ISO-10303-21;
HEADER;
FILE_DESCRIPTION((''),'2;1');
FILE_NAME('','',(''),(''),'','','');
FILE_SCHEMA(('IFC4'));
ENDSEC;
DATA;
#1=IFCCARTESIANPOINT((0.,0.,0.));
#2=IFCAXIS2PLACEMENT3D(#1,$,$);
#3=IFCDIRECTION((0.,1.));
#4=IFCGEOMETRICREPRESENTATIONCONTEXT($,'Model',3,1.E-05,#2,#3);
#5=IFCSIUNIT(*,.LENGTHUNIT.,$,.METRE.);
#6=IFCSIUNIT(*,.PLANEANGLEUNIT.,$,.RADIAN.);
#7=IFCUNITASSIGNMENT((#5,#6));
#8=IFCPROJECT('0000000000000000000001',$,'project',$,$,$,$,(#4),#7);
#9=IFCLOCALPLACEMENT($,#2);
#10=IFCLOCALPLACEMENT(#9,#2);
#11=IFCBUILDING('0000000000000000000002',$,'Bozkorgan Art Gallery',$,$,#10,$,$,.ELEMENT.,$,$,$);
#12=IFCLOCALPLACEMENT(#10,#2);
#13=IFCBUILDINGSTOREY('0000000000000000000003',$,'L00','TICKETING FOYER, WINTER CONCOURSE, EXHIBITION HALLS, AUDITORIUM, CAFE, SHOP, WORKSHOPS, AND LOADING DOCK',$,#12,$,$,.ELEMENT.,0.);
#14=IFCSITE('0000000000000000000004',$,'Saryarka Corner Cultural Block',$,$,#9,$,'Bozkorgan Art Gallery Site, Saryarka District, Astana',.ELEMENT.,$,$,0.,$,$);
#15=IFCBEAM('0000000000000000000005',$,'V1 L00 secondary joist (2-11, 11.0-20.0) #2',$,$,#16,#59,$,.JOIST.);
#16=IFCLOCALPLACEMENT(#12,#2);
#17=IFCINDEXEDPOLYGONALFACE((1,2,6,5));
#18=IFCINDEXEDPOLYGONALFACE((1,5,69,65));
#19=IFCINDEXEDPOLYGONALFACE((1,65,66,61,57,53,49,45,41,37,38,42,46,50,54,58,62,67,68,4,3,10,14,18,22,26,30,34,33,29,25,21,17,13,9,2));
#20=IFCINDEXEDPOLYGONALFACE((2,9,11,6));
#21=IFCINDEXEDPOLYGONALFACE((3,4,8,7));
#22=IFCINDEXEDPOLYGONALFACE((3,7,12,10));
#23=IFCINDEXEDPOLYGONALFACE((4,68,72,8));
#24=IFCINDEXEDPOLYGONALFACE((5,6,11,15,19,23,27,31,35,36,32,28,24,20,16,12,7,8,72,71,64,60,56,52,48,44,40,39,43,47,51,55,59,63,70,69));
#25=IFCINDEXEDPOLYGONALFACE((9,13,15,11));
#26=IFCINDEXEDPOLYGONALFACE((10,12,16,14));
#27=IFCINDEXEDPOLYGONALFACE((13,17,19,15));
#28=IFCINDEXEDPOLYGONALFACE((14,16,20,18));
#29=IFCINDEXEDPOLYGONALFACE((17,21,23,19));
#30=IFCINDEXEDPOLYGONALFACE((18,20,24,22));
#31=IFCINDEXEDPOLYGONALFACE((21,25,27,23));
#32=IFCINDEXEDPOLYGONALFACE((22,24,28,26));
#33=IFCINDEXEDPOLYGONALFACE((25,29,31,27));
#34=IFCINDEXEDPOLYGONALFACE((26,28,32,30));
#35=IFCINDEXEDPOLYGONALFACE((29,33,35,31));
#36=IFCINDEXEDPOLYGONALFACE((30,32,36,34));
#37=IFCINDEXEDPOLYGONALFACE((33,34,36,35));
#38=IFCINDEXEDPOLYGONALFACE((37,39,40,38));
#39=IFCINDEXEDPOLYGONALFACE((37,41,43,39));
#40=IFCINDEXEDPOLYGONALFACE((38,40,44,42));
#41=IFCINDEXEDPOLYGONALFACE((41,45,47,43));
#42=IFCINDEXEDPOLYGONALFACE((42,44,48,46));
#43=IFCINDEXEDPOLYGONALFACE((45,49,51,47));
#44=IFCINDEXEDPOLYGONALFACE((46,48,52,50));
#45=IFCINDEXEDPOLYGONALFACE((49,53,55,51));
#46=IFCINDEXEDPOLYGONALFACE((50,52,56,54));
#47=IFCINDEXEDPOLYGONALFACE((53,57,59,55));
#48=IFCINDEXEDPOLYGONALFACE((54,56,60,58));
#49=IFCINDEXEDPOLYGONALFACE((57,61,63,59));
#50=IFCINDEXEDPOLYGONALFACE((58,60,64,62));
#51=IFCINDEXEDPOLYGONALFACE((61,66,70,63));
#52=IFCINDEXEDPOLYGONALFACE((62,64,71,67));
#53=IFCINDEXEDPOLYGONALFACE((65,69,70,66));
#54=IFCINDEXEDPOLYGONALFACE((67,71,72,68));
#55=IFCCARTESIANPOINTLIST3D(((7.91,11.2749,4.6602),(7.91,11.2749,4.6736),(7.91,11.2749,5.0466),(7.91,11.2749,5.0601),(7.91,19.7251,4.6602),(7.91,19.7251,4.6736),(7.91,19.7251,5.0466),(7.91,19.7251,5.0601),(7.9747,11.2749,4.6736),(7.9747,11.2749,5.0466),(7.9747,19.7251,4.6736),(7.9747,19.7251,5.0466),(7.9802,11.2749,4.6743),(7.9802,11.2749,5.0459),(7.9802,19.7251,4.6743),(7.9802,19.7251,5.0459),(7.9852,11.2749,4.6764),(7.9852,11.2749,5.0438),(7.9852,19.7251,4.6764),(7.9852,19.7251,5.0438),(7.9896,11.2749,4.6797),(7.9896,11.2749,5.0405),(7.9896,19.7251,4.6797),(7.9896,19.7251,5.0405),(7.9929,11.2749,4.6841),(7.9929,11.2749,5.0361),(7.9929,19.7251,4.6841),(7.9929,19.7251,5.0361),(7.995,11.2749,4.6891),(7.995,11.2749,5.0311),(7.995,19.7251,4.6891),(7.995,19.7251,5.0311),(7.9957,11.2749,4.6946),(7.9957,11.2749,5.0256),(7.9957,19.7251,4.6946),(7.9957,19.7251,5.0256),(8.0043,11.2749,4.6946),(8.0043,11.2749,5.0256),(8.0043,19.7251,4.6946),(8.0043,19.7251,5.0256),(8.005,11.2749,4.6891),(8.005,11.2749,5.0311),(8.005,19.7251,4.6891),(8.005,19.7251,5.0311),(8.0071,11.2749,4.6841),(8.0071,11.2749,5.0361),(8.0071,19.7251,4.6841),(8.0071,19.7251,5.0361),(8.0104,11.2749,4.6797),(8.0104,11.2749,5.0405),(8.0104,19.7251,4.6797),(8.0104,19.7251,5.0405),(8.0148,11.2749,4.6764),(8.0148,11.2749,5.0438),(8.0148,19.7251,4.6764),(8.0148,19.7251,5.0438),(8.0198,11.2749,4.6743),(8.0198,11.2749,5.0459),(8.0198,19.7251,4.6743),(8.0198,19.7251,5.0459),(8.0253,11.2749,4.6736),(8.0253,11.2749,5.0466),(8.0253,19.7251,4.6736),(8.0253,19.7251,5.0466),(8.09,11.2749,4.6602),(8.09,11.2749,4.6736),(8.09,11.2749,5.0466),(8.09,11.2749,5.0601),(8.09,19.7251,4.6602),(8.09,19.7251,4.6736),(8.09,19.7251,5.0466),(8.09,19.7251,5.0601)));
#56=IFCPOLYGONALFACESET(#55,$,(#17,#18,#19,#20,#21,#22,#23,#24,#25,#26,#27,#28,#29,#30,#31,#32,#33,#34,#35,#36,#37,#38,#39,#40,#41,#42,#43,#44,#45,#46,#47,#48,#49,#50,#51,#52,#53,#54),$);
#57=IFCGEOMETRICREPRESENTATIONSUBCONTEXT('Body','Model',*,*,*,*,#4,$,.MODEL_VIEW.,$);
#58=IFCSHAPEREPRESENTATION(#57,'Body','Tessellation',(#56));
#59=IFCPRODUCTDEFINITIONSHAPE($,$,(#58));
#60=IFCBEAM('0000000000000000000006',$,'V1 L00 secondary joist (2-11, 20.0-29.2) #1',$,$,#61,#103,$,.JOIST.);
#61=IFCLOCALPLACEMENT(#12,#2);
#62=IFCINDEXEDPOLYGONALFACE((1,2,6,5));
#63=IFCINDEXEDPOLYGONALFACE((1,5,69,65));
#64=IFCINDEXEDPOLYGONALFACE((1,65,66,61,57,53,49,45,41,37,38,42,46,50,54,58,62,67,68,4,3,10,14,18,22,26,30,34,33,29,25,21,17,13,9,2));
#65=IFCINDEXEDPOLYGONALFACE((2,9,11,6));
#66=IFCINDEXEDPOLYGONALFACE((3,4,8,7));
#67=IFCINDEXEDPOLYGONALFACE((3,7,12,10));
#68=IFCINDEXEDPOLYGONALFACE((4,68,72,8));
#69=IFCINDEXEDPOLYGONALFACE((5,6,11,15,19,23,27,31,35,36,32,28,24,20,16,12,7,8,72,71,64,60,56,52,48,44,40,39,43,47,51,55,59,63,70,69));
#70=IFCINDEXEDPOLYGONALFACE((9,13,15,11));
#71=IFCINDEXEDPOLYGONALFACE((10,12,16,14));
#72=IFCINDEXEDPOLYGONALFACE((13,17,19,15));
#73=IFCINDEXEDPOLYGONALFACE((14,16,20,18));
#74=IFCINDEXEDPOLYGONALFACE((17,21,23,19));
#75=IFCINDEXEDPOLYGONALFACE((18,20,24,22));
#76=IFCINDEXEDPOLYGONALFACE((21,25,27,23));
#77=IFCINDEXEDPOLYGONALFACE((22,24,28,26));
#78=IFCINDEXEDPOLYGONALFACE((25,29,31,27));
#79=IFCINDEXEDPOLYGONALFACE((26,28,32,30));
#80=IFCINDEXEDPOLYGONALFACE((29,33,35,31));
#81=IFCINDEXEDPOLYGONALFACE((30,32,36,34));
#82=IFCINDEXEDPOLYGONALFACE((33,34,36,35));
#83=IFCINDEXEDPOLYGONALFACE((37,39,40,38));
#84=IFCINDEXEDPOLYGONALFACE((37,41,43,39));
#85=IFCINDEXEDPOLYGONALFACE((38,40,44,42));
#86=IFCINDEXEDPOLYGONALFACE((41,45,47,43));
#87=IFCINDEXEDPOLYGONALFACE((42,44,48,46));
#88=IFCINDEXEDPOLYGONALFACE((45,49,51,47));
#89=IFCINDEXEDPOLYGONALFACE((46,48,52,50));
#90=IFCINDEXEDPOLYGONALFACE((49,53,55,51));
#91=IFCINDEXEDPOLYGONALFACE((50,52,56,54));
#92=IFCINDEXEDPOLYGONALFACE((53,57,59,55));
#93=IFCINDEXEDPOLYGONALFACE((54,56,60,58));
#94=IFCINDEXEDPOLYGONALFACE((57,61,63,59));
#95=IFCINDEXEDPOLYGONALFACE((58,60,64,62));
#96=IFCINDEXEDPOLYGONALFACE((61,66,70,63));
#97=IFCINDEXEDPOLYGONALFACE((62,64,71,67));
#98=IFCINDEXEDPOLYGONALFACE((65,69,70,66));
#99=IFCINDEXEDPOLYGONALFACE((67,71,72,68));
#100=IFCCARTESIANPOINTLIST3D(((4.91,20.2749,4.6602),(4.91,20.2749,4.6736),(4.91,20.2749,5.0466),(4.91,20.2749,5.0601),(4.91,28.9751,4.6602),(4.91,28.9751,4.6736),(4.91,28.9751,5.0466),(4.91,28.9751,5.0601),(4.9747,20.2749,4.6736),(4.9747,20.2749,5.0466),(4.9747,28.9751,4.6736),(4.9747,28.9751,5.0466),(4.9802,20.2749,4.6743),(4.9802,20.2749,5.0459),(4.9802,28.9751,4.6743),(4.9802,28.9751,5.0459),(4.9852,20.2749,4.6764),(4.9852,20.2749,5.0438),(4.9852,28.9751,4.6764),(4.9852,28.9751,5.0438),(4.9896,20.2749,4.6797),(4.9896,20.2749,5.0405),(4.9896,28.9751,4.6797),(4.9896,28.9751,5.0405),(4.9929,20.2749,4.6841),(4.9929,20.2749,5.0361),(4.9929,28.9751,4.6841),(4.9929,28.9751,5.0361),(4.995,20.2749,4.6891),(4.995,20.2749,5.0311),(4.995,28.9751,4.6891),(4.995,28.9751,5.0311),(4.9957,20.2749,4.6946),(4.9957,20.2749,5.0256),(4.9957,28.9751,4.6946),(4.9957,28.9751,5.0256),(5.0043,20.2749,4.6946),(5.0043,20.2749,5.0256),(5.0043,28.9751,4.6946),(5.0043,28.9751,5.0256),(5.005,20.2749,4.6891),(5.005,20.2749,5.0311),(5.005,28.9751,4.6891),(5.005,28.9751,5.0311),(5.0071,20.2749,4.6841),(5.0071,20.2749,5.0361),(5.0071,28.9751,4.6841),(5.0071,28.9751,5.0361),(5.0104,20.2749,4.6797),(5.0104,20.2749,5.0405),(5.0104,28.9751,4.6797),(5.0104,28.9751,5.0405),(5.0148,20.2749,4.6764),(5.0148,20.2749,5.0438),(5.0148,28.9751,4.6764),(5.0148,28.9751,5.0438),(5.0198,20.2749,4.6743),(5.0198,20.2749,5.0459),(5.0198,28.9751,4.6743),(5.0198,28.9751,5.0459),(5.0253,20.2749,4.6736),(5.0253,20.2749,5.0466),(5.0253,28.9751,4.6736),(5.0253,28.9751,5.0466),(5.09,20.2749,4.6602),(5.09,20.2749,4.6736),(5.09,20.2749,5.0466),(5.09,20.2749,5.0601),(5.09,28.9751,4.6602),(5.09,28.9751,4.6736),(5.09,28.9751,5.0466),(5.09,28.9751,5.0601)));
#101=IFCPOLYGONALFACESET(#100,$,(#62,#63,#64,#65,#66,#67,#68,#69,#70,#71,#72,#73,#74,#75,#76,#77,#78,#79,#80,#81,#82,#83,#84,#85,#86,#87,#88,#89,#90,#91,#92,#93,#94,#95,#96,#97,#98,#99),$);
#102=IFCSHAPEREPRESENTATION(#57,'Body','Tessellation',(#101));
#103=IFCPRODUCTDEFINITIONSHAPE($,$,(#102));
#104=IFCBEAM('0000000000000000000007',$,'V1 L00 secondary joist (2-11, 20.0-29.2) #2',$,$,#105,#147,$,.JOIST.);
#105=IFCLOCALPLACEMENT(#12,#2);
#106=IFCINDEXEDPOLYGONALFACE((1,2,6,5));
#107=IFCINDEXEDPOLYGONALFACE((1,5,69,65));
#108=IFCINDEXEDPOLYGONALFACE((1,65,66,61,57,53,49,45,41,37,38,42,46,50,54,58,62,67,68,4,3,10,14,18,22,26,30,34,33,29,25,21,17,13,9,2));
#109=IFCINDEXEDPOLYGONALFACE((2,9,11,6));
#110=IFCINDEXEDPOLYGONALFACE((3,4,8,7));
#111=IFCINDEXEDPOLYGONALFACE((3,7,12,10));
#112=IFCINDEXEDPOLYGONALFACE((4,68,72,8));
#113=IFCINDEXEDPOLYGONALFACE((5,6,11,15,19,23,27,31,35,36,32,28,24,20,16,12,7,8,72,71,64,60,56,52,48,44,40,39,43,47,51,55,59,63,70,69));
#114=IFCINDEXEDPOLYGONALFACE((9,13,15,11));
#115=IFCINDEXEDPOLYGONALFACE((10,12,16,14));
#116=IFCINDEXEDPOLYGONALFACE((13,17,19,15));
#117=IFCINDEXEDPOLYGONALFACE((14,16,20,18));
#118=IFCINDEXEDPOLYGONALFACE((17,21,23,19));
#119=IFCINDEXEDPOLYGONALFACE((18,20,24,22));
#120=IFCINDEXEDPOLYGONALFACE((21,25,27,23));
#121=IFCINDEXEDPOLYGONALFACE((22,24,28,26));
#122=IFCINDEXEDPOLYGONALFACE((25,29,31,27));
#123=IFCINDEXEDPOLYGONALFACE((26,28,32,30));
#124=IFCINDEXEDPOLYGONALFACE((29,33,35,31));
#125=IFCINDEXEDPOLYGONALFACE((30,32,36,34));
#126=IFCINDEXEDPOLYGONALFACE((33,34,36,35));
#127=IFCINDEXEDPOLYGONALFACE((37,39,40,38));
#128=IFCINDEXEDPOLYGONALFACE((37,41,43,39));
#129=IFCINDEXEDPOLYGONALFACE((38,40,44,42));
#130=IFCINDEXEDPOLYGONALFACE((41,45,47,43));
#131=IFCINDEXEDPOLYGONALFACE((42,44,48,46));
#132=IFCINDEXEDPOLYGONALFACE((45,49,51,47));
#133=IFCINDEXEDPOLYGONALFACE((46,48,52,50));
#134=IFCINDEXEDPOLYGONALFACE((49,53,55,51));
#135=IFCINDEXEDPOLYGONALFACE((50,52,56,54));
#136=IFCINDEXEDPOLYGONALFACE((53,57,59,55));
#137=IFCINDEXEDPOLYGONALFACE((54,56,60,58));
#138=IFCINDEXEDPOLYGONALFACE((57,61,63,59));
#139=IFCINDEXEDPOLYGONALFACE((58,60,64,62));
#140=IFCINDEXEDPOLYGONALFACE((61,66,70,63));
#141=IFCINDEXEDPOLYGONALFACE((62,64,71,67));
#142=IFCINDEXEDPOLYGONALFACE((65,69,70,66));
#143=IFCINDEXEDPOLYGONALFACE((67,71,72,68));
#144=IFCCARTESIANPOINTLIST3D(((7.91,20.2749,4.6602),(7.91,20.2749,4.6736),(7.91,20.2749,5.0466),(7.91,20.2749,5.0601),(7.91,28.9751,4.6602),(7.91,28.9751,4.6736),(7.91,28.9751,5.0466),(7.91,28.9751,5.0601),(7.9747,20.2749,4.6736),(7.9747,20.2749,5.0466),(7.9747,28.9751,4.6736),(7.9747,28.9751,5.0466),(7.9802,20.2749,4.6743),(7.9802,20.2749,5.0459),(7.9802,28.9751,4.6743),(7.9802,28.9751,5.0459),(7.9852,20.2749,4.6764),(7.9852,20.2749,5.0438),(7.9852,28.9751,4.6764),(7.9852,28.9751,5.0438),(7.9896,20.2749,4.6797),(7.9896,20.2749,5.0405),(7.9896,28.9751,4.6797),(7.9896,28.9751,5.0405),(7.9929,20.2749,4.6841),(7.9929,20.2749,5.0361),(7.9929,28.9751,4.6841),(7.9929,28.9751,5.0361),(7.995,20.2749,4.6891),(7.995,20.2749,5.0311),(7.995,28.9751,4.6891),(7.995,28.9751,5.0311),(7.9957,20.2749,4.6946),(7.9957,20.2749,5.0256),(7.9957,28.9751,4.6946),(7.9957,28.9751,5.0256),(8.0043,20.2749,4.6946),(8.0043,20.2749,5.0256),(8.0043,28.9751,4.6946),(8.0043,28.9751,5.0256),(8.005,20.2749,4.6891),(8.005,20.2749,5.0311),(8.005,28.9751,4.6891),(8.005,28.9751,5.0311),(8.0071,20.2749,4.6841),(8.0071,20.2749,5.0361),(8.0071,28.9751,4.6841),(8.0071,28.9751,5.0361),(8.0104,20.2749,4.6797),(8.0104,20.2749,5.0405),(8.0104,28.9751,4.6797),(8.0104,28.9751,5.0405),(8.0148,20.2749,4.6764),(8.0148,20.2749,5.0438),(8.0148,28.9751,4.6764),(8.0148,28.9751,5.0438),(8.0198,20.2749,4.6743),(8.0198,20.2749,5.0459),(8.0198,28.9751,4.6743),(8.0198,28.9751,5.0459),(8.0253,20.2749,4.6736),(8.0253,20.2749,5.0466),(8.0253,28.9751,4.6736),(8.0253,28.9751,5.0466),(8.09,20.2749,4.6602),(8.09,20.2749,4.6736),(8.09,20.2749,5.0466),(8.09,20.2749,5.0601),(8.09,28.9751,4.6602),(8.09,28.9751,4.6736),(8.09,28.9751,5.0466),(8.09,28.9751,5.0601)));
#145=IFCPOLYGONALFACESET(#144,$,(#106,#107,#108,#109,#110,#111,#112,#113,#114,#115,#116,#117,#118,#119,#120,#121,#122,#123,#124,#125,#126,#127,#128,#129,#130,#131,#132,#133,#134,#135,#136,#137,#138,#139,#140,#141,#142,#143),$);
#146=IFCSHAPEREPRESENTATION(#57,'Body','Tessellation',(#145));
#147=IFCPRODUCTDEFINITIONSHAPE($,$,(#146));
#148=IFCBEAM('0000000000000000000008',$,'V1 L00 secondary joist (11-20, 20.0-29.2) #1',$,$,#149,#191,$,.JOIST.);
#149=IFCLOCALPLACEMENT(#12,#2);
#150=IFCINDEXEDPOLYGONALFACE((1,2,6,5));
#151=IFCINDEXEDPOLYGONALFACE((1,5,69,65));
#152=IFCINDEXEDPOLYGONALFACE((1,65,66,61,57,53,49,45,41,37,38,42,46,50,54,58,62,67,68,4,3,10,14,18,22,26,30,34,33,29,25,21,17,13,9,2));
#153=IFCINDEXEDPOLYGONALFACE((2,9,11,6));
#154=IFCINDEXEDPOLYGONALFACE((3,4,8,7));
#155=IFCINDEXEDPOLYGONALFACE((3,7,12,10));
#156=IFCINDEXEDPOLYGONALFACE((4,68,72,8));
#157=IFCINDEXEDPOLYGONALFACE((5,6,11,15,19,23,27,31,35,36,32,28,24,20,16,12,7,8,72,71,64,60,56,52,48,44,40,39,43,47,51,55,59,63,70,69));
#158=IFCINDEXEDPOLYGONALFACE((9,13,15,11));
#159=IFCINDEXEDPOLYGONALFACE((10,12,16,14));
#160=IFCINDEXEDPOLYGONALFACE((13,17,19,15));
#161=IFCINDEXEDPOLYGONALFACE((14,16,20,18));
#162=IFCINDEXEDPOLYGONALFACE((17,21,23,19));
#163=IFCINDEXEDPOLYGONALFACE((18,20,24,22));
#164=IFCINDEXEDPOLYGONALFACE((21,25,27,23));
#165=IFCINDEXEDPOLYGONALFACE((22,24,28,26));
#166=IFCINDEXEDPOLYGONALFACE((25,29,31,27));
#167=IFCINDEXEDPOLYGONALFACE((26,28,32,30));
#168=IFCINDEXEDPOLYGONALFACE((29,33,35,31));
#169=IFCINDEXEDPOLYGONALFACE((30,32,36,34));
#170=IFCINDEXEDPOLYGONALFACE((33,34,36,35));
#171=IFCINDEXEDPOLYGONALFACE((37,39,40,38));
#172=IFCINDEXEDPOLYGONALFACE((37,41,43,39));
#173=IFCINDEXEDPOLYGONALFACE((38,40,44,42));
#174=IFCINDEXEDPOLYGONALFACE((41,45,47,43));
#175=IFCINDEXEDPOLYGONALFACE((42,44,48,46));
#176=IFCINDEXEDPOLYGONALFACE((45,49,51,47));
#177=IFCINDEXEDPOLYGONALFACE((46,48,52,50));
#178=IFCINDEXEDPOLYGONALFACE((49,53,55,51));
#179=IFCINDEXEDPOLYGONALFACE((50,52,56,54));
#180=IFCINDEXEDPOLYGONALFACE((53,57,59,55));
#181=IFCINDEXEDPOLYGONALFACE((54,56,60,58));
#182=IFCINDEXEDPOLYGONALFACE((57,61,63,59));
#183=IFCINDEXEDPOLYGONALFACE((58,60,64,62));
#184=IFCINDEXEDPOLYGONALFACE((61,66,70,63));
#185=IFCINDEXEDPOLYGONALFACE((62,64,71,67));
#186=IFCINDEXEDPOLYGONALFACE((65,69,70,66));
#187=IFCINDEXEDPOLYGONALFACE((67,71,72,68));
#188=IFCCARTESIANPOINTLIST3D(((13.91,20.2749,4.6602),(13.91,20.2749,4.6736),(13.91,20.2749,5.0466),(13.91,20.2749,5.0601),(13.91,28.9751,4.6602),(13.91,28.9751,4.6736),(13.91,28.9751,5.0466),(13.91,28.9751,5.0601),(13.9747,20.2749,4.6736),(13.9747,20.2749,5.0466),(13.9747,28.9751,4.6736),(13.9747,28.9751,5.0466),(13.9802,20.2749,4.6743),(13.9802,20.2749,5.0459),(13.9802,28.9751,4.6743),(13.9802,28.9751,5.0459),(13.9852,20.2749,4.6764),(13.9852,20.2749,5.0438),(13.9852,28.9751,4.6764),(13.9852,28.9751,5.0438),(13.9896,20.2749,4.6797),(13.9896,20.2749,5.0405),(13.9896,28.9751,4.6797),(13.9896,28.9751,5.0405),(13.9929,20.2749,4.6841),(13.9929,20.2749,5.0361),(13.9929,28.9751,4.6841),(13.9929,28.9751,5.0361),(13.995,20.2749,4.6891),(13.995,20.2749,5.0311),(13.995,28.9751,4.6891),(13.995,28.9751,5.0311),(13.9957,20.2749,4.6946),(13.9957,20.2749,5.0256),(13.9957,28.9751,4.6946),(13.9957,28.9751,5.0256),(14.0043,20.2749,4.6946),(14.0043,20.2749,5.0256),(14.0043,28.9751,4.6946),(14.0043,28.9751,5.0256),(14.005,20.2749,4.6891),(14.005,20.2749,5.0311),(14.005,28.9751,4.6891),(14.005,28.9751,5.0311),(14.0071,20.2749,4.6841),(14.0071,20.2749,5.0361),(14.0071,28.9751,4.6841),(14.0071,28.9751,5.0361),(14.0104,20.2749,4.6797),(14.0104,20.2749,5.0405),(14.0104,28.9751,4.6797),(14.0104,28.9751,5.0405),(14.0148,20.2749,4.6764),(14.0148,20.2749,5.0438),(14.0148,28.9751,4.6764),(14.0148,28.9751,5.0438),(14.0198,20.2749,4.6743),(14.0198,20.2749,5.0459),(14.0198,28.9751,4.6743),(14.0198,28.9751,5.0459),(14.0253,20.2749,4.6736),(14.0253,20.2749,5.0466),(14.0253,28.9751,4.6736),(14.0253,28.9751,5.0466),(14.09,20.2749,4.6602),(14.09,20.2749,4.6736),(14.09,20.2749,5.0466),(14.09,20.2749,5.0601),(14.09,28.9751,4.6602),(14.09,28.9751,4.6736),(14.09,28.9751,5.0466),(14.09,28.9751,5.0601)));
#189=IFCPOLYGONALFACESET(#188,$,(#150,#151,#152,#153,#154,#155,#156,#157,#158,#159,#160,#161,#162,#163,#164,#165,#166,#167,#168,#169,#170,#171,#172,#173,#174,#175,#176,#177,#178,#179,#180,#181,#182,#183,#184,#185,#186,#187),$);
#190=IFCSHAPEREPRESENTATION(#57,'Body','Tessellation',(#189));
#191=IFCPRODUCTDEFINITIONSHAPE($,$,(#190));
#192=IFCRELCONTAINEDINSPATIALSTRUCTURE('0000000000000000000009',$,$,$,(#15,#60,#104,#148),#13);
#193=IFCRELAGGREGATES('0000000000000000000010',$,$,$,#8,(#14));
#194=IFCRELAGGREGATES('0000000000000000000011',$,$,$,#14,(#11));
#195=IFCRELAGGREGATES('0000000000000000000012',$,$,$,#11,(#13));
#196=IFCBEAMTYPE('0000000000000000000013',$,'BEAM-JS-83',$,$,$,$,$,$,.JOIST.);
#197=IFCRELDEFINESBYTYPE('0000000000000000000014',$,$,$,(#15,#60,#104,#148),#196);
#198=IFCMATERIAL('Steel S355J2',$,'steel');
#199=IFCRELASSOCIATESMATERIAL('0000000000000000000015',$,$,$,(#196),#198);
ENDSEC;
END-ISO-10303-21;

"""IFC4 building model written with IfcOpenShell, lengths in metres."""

from ifc_helpers import new_model, si_unit, direction, frame, origin, origin_2d, place, context, subcontext, project, spatial, i_section, extrude, material, material_profile, profile_set, type_object, element, save


model = new_model("IFC4")

# Units and contexts
model_context = context("Model", 3, precision=1e-05, world=origin(), true_north=direction((0.0, 1.0)))
body_context = subcontext(model_context, "Body", "Model", "MODEL_VIEW")
ifc_project = project(units=[si_unit("LENGTHUNIT", "METRE"), si_unit("PLANEANGLEUNIT", "RADIAN")], contexts=[model_context])

# Site, building, storey
site_placement = place(None, origin())
site = spatial("IfcSite", under=ifc_project, at=site_placement, Name="Saryarka Corner Cultural Block", LongName="Bozkorgan Art Gallery Site, Saryarka District, Astana", CompositionType="ELEMENT", RefElevation=0.0)
building_placement = place(site_placement, origin())
building = spatial("IfcBuilding", under=site, at=building_placement, Name="Bozkorgan Art Gallery", CompositionType="ELEMENT")
storey_placement = place(building_placement, origin())
storey = spatial("IfcBuildingStorey", under=building, at=storey_placement, Name="L00", Description="TICKETING FOYER, WINTER CONCOURSE, EXHIBITION HALLS, AUDITORIUM, CAFE, SHOP, WORKSHOPS, AND LOADING DOCK", CompositionType="ELEMENT", Elevation=0.0)

# Beams
ifc_material_1 = material(Name="Steel S355J2", Category="steel")
ifc_material_profile_1 = material_profile(ifc_material_1, i_section(OverallWidth=0.1799, OverallDepth=0.3999, WebThickness=0.0085, FlangeThickness=0.0134, FilletRadius=0.021, at=origin_2d()), Name="IPE 400")
ifc_profile_set_1 = profile_set([ifc_material_profile_1], Name="Steel S355J2")
beam_type_1 = type_object("IfcBeamType", Name="BEAM-JS-83", PredefinedType="JOIST", material=ifc_profile_set_1)
for number, where, z_axis, x_axis, name in (
    (1, (8.0, 11.2749, 4.8601), (0.0, 1.0, 0.0), (-1.0, 0.0, 0.0), "V1 L00 secondary joist (2-11, 11.0-20.0) #2"),
):
    element("IfcBeam", number, at=place(storey_placement, frame(where, z_axis=z_axis, x_axis=x_axis)), inside=storey, type_object=beam_type_1, Name=name, PredefinedType="JOIST", context=body_context, shape_type="SweptSolid", body=[
        extrude(i_section(OverallWidth=0.1799, OverallDepth=0.3999, WebThickness=0.0085, FlangeThickness=0.0134, FilletRadius=0.021, at=origin_2d()), origin(), (0.0, 0.0, 1.0), 8.4502),
    ])
for number, where, z_axis, x_axis, name in (
    (2, (5.0, 20.2749, 4.8601), (0.0, 1.0, 0.0), (-1.0, 0.0, 0.0), "V1 L00 secondary joist (2-11, 20.0-29.2) #1"),
    (3, (8.0, 20.2749, 4.8601), (0.0, 1.0, 0.0), (-1.0, 0.0, 0.0), "V1 L00 secondary joist (2-11, 20.0-29.2) #2"),
    (4, (14.0, 20.2749, 4.8601), (0.0, 1.0, 0.0), (-1.0, 0.0, 0.0), "V1 L00 secondary joist (11-20, 20.0-29.2) #1"),
):
    element("IfcBeam", number, at=place(storey_placement, frame(where, z_axis=z_axis, x_axis=x_axis)), inside=storey, type_object=beam_type_1, Name=name, PredefinedType="JOIST", context=body_context, shape_type="SweptSolid", body=[
        extrude(i_section(OverallWidth=0.1799, OverallDepth=0.3999, WebThickness=0.0085, FlangeThickness=0.0134, FilletRadius=0.021, at=origin_2d()), origin(), (0.0, 0.0, 1.0), 8.7002),
    ])

save(model, "model.ifc")
